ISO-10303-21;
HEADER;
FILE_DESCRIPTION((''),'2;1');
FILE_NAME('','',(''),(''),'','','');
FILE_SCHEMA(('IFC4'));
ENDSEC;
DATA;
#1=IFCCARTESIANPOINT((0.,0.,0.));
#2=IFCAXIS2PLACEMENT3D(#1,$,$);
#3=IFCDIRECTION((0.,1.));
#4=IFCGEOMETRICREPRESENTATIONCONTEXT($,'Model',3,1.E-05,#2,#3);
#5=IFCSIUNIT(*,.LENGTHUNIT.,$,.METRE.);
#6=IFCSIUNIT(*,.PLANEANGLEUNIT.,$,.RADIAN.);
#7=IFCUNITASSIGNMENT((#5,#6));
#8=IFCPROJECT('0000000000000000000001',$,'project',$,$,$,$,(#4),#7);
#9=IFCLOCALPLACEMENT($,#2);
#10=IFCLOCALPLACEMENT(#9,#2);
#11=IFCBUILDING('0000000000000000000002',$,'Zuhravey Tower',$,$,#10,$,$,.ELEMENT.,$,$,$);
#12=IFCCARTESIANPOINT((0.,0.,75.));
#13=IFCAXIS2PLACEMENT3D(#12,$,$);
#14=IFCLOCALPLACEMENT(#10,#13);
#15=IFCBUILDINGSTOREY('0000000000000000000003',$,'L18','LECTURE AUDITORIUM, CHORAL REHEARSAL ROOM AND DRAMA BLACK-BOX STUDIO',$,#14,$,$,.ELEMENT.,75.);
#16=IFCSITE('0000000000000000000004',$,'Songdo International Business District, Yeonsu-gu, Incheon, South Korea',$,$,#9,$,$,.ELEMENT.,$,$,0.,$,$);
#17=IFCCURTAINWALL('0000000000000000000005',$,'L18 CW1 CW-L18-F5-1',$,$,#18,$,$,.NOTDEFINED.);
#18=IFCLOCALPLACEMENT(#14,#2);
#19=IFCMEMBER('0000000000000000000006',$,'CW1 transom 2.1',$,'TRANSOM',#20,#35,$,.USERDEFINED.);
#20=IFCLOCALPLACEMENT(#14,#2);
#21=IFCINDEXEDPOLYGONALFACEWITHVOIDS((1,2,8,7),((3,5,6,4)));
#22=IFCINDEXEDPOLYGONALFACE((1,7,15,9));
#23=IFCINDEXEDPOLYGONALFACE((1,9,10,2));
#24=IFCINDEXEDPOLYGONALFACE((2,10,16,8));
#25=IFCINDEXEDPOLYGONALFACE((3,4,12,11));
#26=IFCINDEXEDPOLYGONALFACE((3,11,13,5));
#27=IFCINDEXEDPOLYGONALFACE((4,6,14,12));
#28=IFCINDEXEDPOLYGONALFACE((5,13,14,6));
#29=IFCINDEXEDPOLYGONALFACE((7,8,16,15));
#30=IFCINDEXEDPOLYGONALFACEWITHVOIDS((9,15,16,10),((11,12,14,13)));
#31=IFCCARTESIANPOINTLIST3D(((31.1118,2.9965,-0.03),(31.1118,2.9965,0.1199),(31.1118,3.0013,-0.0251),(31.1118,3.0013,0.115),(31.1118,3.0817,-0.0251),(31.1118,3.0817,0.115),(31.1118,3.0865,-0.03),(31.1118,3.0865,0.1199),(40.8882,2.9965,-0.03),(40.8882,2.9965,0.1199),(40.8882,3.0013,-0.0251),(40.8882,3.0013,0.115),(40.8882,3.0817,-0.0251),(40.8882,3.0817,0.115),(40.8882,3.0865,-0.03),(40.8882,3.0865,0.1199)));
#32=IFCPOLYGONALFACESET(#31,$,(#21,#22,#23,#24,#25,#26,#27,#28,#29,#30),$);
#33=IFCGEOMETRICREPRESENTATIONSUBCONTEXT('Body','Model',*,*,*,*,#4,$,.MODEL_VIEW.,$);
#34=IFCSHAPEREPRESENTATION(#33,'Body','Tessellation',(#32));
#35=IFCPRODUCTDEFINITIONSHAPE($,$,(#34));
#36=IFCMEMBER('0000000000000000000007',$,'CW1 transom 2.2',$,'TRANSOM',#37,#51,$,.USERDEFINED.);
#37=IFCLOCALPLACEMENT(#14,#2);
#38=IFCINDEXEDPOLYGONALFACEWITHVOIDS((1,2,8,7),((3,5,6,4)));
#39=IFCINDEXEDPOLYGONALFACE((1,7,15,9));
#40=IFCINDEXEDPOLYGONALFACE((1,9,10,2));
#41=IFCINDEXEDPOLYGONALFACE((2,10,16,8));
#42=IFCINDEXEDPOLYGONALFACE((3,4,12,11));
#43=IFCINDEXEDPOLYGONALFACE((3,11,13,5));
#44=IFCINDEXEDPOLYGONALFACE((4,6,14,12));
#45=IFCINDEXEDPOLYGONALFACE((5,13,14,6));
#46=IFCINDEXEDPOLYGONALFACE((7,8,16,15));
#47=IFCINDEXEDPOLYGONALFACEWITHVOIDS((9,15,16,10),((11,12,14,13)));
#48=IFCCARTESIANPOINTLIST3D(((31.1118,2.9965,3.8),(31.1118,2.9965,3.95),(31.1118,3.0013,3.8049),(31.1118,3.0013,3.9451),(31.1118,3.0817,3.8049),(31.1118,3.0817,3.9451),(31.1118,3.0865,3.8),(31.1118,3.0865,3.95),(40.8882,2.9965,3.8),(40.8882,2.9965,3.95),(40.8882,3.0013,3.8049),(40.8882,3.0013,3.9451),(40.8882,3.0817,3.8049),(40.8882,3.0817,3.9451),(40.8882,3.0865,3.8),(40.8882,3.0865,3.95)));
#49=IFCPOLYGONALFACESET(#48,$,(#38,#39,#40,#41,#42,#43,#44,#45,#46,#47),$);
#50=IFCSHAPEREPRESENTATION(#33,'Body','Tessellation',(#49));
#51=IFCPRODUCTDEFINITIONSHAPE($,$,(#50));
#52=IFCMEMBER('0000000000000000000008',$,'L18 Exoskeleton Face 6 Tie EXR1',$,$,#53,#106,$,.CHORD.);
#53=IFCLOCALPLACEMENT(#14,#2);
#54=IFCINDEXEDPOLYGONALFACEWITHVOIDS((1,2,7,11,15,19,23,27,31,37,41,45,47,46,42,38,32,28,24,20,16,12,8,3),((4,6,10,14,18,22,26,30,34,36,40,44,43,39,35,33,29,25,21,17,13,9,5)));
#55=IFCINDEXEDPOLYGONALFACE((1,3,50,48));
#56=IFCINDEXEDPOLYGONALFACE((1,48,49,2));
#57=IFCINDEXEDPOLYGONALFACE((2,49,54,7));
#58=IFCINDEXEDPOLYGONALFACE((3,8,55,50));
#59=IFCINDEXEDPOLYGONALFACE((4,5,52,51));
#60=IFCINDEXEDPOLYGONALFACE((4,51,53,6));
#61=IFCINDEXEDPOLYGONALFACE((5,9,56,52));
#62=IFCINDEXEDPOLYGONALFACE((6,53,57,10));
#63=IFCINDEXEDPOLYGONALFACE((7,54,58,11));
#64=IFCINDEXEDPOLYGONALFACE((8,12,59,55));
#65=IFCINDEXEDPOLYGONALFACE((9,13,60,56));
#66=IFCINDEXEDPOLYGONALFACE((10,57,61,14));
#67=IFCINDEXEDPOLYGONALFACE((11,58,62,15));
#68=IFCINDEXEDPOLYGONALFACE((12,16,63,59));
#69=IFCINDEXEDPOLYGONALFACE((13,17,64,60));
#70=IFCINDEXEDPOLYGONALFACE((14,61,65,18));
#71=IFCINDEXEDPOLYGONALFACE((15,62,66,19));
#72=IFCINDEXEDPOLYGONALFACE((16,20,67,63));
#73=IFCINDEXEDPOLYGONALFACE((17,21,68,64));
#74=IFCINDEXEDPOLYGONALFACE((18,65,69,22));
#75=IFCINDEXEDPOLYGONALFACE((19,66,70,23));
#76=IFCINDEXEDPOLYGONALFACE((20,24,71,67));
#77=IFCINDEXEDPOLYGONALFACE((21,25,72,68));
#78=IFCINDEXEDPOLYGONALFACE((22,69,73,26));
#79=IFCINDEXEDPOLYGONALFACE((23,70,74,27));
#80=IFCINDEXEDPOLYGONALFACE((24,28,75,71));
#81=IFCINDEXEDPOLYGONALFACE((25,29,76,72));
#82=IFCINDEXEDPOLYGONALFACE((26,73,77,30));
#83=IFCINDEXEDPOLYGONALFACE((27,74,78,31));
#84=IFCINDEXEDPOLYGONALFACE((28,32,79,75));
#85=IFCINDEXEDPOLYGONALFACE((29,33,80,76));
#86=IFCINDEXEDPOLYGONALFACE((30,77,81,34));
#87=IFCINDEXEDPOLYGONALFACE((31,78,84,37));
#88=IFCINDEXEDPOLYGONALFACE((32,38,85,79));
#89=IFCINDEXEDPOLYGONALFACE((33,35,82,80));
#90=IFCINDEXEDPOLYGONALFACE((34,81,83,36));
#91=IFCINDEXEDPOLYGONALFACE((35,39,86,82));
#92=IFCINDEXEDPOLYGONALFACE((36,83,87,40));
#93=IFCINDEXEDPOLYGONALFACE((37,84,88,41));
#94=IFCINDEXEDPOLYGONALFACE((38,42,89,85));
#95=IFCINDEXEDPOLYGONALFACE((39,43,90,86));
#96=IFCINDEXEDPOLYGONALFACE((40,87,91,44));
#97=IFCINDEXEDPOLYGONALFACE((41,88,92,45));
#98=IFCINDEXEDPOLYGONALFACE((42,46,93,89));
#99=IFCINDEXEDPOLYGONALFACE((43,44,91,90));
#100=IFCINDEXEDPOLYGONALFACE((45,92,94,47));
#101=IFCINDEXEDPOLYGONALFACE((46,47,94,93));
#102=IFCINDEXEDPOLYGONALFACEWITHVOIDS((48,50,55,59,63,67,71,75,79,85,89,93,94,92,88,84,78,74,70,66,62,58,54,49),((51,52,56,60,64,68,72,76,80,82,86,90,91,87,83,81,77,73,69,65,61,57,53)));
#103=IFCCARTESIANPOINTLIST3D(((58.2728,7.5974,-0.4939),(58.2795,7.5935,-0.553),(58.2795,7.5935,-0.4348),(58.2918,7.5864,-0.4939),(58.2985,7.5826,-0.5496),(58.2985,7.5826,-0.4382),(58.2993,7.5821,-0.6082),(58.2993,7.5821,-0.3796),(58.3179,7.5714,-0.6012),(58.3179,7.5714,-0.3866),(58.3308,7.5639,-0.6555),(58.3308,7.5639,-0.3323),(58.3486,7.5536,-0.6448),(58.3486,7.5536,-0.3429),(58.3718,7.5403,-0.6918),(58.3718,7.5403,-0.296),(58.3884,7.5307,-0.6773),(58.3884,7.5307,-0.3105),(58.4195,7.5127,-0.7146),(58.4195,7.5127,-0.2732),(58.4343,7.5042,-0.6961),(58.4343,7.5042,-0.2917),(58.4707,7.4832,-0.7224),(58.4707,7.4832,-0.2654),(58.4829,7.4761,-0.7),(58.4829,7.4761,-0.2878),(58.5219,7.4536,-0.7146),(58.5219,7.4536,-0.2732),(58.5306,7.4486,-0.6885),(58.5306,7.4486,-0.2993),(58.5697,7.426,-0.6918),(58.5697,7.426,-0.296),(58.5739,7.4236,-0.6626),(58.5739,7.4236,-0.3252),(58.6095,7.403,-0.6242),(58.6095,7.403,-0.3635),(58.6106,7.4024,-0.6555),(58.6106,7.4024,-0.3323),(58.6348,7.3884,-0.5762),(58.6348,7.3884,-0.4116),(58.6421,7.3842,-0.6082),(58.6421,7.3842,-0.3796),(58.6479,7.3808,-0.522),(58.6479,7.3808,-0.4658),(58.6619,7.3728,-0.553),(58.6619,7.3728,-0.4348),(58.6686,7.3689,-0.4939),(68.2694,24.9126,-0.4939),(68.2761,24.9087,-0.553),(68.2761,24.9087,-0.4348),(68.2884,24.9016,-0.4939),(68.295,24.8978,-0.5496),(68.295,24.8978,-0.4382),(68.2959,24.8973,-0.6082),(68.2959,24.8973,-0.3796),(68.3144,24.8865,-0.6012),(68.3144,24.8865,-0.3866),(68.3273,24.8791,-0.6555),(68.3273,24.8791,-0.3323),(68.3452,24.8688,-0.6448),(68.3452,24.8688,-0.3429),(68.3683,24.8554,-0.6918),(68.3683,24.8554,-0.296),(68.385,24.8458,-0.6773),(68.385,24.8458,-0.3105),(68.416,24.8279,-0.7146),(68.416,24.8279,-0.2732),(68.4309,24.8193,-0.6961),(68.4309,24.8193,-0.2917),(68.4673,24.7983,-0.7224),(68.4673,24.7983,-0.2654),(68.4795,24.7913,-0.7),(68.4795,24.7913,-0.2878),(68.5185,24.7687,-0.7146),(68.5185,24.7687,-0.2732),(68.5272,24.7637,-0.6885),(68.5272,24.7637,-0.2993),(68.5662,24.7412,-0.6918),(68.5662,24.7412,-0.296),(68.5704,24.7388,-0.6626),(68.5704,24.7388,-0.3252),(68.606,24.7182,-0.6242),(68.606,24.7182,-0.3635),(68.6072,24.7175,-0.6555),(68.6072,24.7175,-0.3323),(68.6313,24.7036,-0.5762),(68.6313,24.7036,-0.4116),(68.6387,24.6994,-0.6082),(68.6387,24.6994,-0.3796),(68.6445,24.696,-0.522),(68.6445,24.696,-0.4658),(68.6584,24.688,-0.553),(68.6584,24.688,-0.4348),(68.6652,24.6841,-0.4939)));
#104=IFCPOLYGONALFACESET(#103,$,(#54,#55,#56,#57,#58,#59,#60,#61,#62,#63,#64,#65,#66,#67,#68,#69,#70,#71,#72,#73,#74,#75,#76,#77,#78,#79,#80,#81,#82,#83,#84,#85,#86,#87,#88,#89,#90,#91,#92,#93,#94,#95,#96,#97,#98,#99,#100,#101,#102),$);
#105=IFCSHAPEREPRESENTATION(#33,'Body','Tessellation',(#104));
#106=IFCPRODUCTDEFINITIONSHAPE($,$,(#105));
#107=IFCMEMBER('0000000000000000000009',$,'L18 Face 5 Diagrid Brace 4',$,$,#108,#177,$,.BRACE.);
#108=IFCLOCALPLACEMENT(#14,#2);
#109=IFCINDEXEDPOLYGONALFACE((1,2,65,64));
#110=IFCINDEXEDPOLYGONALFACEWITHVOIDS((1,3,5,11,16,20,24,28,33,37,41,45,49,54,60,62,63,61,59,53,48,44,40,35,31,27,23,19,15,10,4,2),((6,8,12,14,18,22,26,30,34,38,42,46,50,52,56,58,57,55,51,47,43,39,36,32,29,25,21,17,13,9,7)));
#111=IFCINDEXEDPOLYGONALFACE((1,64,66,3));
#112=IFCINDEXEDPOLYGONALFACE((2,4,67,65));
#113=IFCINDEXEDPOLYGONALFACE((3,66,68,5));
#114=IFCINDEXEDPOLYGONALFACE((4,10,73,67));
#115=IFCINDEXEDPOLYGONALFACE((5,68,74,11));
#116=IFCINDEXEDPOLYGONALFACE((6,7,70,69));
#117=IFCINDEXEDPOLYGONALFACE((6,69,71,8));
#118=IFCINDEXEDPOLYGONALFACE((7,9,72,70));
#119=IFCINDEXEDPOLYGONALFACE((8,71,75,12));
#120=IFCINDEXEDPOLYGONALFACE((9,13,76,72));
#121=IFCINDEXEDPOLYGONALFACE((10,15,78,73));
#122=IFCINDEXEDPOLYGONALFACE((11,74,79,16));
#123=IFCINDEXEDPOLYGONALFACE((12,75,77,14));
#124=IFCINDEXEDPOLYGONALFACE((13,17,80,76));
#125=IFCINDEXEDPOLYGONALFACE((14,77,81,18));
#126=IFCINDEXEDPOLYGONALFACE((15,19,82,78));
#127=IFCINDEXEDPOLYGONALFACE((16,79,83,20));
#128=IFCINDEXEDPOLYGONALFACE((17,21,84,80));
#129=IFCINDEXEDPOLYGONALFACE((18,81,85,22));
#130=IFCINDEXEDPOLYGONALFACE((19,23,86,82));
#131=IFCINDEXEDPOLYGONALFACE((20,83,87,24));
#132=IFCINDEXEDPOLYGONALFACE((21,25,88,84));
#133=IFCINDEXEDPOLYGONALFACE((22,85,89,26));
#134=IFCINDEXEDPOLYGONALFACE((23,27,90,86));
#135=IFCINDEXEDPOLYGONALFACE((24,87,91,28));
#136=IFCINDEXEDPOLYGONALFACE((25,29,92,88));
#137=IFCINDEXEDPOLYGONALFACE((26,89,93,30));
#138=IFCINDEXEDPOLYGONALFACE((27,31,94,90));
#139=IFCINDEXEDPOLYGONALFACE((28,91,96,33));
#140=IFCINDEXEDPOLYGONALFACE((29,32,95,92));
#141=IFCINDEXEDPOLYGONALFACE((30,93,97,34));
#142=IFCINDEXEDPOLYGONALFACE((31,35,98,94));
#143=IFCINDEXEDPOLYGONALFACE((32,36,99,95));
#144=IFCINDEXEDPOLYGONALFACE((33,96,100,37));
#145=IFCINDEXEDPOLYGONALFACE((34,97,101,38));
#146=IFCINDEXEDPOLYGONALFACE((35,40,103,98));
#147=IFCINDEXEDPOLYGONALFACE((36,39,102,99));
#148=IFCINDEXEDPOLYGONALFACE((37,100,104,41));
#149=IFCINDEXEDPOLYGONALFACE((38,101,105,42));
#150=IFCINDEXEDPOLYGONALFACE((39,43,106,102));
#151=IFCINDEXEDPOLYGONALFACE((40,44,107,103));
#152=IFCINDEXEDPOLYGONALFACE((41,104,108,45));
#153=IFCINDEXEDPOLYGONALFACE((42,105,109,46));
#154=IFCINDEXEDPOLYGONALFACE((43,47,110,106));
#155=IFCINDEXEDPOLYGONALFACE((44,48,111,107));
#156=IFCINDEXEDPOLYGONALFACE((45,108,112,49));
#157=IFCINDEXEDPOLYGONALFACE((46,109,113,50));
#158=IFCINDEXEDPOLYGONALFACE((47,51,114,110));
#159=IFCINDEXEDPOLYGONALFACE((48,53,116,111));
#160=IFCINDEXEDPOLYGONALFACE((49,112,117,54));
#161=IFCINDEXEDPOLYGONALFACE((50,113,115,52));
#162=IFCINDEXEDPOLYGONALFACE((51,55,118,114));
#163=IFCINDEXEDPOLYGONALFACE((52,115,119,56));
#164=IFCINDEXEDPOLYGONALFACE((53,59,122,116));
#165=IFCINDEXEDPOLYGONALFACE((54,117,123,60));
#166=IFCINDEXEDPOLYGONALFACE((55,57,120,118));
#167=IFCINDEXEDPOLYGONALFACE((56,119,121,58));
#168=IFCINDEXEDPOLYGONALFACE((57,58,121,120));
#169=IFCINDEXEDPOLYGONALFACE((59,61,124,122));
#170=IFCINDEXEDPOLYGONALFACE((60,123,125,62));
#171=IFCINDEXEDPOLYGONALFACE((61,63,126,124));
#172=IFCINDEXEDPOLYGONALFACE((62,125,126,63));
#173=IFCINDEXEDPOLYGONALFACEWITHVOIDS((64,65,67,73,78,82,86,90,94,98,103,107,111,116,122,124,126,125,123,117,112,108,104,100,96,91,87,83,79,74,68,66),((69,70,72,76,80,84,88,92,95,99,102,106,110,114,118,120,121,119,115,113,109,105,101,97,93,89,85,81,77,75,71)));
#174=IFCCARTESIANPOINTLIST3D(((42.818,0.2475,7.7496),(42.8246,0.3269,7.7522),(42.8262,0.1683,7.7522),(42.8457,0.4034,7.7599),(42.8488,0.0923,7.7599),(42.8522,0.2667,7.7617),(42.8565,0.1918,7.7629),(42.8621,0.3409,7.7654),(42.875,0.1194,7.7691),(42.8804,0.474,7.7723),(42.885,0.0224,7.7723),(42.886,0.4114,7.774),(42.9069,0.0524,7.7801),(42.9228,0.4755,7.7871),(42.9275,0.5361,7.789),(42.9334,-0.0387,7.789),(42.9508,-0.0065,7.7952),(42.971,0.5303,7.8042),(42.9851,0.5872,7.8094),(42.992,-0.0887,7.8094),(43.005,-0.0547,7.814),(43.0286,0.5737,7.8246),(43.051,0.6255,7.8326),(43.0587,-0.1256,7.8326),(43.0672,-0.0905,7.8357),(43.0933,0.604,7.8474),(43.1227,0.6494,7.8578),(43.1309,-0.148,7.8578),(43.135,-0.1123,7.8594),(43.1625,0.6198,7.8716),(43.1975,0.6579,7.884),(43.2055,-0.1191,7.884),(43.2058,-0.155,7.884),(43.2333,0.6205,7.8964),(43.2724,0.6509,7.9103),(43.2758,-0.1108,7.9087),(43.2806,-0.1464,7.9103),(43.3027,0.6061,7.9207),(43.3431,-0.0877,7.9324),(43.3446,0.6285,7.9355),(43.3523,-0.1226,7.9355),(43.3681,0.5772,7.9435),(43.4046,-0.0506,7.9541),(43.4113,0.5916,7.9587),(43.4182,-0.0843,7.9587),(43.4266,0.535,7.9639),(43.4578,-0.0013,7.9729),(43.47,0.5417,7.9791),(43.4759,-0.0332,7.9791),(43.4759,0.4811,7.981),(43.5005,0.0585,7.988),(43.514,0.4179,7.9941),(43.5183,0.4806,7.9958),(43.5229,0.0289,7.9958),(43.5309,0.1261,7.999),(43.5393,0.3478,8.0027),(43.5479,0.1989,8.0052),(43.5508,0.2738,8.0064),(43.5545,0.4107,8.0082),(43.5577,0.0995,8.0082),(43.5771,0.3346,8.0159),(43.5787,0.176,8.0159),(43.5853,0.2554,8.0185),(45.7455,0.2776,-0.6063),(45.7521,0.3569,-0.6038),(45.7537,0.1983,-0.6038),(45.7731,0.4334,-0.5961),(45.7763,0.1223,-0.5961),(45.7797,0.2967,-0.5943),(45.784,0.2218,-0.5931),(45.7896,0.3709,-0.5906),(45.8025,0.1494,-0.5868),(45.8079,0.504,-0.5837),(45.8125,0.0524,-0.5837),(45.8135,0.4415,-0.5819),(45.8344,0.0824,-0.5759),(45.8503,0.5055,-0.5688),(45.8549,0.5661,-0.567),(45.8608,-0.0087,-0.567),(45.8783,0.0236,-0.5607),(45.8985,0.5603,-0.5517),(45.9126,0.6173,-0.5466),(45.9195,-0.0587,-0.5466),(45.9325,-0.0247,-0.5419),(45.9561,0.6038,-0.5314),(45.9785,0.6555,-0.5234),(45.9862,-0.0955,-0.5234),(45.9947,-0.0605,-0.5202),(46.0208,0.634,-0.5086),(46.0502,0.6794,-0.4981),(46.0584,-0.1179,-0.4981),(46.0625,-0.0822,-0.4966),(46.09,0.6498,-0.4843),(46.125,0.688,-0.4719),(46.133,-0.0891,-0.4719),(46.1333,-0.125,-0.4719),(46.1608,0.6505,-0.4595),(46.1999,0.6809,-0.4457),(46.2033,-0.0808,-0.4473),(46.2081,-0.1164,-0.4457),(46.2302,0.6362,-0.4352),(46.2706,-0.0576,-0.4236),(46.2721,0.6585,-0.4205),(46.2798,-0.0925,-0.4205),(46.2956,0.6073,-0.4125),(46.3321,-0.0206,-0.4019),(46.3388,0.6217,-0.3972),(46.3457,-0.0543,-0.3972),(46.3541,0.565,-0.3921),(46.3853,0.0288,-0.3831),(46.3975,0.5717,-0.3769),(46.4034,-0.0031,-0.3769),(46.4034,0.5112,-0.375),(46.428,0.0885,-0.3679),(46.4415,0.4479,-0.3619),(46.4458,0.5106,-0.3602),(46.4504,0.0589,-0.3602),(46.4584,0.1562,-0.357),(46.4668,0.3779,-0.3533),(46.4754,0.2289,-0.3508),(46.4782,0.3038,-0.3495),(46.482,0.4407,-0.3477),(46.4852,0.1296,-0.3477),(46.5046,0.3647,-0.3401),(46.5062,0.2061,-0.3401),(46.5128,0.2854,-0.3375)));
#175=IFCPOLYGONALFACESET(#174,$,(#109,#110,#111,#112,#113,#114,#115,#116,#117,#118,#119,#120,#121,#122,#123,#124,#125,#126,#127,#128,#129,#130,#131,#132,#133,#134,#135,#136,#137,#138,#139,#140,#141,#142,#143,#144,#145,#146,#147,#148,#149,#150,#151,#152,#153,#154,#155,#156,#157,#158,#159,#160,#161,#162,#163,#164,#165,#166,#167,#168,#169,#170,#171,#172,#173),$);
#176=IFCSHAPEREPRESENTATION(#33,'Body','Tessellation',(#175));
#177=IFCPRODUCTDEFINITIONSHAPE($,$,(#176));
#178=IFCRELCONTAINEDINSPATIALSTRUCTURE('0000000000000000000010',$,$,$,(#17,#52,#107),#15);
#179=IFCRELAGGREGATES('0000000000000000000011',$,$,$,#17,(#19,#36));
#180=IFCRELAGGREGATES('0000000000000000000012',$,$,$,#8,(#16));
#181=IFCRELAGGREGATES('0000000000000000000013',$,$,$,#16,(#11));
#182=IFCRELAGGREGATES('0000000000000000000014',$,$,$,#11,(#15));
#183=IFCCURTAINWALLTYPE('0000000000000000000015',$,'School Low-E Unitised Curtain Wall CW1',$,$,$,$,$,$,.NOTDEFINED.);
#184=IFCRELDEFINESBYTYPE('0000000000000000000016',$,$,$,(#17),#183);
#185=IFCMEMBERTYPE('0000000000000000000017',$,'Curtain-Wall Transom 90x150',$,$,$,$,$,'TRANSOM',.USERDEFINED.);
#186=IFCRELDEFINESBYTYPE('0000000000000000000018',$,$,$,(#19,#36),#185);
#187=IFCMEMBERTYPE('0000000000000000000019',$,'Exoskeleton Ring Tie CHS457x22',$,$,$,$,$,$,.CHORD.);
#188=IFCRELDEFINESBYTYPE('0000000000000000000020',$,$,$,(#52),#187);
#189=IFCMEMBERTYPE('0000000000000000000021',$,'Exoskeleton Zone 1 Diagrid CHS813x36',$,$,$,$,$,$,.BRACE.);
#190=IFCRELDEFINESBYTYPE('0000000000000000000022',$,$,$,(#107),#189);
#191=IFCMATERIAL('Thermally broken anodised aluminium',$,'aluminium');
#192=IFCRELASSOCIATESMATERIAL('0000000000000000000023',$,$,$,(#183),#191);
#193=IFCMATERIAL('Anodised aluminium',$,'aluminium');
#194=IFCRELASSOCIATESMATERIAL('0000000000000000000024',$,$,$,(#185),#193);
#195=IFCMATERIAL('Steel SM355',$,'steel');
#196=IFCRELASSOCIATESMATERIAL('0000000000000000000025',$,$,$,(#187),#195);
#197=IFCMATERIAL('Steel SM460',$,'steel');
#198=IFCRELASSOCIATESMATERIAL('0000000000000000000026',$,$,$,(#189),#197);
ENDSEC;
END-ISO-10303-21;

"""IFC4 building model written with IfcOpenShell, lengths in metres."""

from ifc_helpers import new_model, si_unit, direction, frame, origin, origin_2d, place, context, subcontext, project, spatial, hollow_rectangle, hollow_circle, extrude, material, material_profile, profile_set, type_object, element, aggregate, save


model = new_model("IFC4")

# Units and contexts
model_context = context("Model", 3, precision=1e-05, world=origin(), true_north=direction((0.0, 1.0)))
body_context = subcontext(model_context, "Body", "Model", "MODEL_VIEW")
ifc_project = project(units=[si_unit("LENGTHUNIT", "METRE"), si_unit("PLANEANGLEUNIT", "RADIAN")], contexts=[model_context])

# Site, building, storey
site_placement = place(None, origin())
site = spatial("IfcSite", under=ifc_project, at=site_placement, Name="Songdo International Business District, Yeonsu-gu, Incheon, South Korea", CompositionType="ELEMENT", RefElevation=0.0)
building_placement = place(site_placement, origin())
building = spatial("IfcBuilding", under=site, at=building_placement, Name="Zuhravey Tower", CompositionType="ELEMENT")
storey_placement = place(building_placement, frame((0.0, 0.0, 75.0)))
storey = spatial("IfcBuildingStorey", under=building, at=storey_placement, Name="L18", Description="LECTURE AUDITORIUM, CHORAL REHEARSAL ROOM AND DRAMA BLACK-BOX STUDIO", CompositionType="ELEMENT", Elevation=75.0)

# Curtain wall
ifc_material_1 = material(Name="Thermally broken anodised aluminium", Category="aluminium")
curtain_wall_type = type_object("IfcCurtainWallType", Name="School Low-E Unitised Curtain Wall CW1", PredefinedType="NOTDEFINED", material=ifc_material_1)
ifc_material_2 = material(Name="Anodised aluminium", Category="aluminium")
curtain_wall_1_placement = place(storey_placement, origin())
curtain_wall_1 = element("IfcCurtainWall", 1, at=curtain_wall_1_placement, inside=storey, type_object=curtain_wall_type, Name="L18 CW1 CW-L18-F5-1", PredefinedType="NOTDEFINED")

# Members
ifc_material_profile_1 = material_profile(ifc_material_2, hollow_rectangle(XDim=0.0901, YDim=0.1499, WallThickness=0.0049, at=origin_2d()), Name="ALU-RHS-90x150x5")
ifc_profile_set_1 = profile_set([ifc_material_profile_1], Name="Anodised aluminium")
member_type_1 = type_object("IfcMemberType", Name="Curtain-Wall Transom 90x150", ElementType="TRANSOM", PredefinedType="USERDEFINED", material=ifc_profile_set_1)
member_1_placement = place(storey_placement, frame((40.8882, 3.0415, 0.0449), z_axis=(-1.0, 0.0, 0.0), x_axis=(0.0, -1.0, 0.0)))
member_1 = element("IfcMember", 2, at=member_1_placement, type_object=member_type_1, Name="CW1 transom 2.1", ObjectType="TRANSOM", PredefinedType="USERDEFINED", context=body_context, shape_type="SweptSolid", body=[
    extrude(hollow_rectangle(XDim=0.0901, YDim=0.1499, WallThickness=0.0049, at=origin_2d()), origin(), (0.0, 0.0, 1.0), 9.7764),
])
member_2_placement = place(storey_placement, frame((40.8882, 3.0415, 3.875), z_axis=(-1.0, 0.0, 0.0), x_axis=(0.0, -1.0, 0.0)))
member_2 = element("IfcMember", 3, at=member_2_placement, type_object=member_type_1, Name="CW1 transom 2.2", ObjectType="TRANSOM", PredefinedType="USERDEFINED", context=body_context, shape_type="SweptSolid", body=[
    extrude(hollow_rectangle(XDim=0.0901, YDim=0.1499, WallThickness=0.0049, at=origin_2d()), origin(), (0.0, 0.0, 1.0), 9.7764),
])

# Members
ifc_material_3 = material(Name="Steel SM355", Category="steel")
ifc_material_profile_2 = material_profile(ifc_material_3, hollow_circle(Radius=0.2285, WallThickness=0.022, at=origin_2d()), Name="CHS-457.2x22")
ifc_profile_set_2 = profile_set([ifc_material_profile_2], Name="Steel SM355")
member_type_2 = type_object("IfcMemberType", Name="Exoskeleton Ring Tie CHS457x22", PredefinedType="CHORD", material=ifc_profile_set_2)
member_3_placement = place(storey_placement, frame((58.4707, 7.4832, -0.4939), z_axis=(0.499987, 0.866033, 0.0), x_axis=(-0.866033, 0.499987, 0.0)))
element("IfcMember", 4, at=member_3_placement, inside=storey, type_object=member_type_2, Name="L18 Exoskeleton Face 6 Tie EXR1", PredefinedType="CHORD", context=body_context, shape_type="SweptSolid", body=[
    extrude(hollow_circle(Radius=0.2285, WallThickness=0.022, at=origin_2d()), origin(), (0.0, 0.0, 1.0), 19.9937),
])
ifc_material_4 = material(Name="Steel SM460", Category="steel")
ifc_material_profile_3 = material_profile(ifc_material_4, hollow_circle(Radius=0.4065, WallThickness=0.0359, at=origin_2d()), Name="CHS-812.8x36")
ifc_profile_set_3 = profile_set([ifc_material_profile_3], Name="Steel SM460")
member_type_3 = type_object("IfcMemberType", Name="Exoskeleton Zone 1 Diagrid CHS813x36", PredefinedType="BRACE", material=ifc_profile_set_3)
member_4_placement = place(storey_placement, frame((46.1292, 0.2815, -0.4719), z_axis=(-0.330641, -0.003392, 0.943751), x_axis=(0.010257, -0.999947, 0.0)))
element("IfcMember", 5, at=member_4_placement, inside=storey, type_object=member_type_3, Name="L18 Face 5 Diagrid Brace 4", PredefinedType="BRACE", context=body_context, shape_type="SweptSolid", body=[
    extrude(hollow_circle(Radius=0.4065, WallThickness=0.0359, at=origin_2d()), origin(), (0.0, 0.0, 1.0), 8.854),
])

aggregate(curtain_wall_1, [member_1, member_2])

save(model, "model.ifc")
